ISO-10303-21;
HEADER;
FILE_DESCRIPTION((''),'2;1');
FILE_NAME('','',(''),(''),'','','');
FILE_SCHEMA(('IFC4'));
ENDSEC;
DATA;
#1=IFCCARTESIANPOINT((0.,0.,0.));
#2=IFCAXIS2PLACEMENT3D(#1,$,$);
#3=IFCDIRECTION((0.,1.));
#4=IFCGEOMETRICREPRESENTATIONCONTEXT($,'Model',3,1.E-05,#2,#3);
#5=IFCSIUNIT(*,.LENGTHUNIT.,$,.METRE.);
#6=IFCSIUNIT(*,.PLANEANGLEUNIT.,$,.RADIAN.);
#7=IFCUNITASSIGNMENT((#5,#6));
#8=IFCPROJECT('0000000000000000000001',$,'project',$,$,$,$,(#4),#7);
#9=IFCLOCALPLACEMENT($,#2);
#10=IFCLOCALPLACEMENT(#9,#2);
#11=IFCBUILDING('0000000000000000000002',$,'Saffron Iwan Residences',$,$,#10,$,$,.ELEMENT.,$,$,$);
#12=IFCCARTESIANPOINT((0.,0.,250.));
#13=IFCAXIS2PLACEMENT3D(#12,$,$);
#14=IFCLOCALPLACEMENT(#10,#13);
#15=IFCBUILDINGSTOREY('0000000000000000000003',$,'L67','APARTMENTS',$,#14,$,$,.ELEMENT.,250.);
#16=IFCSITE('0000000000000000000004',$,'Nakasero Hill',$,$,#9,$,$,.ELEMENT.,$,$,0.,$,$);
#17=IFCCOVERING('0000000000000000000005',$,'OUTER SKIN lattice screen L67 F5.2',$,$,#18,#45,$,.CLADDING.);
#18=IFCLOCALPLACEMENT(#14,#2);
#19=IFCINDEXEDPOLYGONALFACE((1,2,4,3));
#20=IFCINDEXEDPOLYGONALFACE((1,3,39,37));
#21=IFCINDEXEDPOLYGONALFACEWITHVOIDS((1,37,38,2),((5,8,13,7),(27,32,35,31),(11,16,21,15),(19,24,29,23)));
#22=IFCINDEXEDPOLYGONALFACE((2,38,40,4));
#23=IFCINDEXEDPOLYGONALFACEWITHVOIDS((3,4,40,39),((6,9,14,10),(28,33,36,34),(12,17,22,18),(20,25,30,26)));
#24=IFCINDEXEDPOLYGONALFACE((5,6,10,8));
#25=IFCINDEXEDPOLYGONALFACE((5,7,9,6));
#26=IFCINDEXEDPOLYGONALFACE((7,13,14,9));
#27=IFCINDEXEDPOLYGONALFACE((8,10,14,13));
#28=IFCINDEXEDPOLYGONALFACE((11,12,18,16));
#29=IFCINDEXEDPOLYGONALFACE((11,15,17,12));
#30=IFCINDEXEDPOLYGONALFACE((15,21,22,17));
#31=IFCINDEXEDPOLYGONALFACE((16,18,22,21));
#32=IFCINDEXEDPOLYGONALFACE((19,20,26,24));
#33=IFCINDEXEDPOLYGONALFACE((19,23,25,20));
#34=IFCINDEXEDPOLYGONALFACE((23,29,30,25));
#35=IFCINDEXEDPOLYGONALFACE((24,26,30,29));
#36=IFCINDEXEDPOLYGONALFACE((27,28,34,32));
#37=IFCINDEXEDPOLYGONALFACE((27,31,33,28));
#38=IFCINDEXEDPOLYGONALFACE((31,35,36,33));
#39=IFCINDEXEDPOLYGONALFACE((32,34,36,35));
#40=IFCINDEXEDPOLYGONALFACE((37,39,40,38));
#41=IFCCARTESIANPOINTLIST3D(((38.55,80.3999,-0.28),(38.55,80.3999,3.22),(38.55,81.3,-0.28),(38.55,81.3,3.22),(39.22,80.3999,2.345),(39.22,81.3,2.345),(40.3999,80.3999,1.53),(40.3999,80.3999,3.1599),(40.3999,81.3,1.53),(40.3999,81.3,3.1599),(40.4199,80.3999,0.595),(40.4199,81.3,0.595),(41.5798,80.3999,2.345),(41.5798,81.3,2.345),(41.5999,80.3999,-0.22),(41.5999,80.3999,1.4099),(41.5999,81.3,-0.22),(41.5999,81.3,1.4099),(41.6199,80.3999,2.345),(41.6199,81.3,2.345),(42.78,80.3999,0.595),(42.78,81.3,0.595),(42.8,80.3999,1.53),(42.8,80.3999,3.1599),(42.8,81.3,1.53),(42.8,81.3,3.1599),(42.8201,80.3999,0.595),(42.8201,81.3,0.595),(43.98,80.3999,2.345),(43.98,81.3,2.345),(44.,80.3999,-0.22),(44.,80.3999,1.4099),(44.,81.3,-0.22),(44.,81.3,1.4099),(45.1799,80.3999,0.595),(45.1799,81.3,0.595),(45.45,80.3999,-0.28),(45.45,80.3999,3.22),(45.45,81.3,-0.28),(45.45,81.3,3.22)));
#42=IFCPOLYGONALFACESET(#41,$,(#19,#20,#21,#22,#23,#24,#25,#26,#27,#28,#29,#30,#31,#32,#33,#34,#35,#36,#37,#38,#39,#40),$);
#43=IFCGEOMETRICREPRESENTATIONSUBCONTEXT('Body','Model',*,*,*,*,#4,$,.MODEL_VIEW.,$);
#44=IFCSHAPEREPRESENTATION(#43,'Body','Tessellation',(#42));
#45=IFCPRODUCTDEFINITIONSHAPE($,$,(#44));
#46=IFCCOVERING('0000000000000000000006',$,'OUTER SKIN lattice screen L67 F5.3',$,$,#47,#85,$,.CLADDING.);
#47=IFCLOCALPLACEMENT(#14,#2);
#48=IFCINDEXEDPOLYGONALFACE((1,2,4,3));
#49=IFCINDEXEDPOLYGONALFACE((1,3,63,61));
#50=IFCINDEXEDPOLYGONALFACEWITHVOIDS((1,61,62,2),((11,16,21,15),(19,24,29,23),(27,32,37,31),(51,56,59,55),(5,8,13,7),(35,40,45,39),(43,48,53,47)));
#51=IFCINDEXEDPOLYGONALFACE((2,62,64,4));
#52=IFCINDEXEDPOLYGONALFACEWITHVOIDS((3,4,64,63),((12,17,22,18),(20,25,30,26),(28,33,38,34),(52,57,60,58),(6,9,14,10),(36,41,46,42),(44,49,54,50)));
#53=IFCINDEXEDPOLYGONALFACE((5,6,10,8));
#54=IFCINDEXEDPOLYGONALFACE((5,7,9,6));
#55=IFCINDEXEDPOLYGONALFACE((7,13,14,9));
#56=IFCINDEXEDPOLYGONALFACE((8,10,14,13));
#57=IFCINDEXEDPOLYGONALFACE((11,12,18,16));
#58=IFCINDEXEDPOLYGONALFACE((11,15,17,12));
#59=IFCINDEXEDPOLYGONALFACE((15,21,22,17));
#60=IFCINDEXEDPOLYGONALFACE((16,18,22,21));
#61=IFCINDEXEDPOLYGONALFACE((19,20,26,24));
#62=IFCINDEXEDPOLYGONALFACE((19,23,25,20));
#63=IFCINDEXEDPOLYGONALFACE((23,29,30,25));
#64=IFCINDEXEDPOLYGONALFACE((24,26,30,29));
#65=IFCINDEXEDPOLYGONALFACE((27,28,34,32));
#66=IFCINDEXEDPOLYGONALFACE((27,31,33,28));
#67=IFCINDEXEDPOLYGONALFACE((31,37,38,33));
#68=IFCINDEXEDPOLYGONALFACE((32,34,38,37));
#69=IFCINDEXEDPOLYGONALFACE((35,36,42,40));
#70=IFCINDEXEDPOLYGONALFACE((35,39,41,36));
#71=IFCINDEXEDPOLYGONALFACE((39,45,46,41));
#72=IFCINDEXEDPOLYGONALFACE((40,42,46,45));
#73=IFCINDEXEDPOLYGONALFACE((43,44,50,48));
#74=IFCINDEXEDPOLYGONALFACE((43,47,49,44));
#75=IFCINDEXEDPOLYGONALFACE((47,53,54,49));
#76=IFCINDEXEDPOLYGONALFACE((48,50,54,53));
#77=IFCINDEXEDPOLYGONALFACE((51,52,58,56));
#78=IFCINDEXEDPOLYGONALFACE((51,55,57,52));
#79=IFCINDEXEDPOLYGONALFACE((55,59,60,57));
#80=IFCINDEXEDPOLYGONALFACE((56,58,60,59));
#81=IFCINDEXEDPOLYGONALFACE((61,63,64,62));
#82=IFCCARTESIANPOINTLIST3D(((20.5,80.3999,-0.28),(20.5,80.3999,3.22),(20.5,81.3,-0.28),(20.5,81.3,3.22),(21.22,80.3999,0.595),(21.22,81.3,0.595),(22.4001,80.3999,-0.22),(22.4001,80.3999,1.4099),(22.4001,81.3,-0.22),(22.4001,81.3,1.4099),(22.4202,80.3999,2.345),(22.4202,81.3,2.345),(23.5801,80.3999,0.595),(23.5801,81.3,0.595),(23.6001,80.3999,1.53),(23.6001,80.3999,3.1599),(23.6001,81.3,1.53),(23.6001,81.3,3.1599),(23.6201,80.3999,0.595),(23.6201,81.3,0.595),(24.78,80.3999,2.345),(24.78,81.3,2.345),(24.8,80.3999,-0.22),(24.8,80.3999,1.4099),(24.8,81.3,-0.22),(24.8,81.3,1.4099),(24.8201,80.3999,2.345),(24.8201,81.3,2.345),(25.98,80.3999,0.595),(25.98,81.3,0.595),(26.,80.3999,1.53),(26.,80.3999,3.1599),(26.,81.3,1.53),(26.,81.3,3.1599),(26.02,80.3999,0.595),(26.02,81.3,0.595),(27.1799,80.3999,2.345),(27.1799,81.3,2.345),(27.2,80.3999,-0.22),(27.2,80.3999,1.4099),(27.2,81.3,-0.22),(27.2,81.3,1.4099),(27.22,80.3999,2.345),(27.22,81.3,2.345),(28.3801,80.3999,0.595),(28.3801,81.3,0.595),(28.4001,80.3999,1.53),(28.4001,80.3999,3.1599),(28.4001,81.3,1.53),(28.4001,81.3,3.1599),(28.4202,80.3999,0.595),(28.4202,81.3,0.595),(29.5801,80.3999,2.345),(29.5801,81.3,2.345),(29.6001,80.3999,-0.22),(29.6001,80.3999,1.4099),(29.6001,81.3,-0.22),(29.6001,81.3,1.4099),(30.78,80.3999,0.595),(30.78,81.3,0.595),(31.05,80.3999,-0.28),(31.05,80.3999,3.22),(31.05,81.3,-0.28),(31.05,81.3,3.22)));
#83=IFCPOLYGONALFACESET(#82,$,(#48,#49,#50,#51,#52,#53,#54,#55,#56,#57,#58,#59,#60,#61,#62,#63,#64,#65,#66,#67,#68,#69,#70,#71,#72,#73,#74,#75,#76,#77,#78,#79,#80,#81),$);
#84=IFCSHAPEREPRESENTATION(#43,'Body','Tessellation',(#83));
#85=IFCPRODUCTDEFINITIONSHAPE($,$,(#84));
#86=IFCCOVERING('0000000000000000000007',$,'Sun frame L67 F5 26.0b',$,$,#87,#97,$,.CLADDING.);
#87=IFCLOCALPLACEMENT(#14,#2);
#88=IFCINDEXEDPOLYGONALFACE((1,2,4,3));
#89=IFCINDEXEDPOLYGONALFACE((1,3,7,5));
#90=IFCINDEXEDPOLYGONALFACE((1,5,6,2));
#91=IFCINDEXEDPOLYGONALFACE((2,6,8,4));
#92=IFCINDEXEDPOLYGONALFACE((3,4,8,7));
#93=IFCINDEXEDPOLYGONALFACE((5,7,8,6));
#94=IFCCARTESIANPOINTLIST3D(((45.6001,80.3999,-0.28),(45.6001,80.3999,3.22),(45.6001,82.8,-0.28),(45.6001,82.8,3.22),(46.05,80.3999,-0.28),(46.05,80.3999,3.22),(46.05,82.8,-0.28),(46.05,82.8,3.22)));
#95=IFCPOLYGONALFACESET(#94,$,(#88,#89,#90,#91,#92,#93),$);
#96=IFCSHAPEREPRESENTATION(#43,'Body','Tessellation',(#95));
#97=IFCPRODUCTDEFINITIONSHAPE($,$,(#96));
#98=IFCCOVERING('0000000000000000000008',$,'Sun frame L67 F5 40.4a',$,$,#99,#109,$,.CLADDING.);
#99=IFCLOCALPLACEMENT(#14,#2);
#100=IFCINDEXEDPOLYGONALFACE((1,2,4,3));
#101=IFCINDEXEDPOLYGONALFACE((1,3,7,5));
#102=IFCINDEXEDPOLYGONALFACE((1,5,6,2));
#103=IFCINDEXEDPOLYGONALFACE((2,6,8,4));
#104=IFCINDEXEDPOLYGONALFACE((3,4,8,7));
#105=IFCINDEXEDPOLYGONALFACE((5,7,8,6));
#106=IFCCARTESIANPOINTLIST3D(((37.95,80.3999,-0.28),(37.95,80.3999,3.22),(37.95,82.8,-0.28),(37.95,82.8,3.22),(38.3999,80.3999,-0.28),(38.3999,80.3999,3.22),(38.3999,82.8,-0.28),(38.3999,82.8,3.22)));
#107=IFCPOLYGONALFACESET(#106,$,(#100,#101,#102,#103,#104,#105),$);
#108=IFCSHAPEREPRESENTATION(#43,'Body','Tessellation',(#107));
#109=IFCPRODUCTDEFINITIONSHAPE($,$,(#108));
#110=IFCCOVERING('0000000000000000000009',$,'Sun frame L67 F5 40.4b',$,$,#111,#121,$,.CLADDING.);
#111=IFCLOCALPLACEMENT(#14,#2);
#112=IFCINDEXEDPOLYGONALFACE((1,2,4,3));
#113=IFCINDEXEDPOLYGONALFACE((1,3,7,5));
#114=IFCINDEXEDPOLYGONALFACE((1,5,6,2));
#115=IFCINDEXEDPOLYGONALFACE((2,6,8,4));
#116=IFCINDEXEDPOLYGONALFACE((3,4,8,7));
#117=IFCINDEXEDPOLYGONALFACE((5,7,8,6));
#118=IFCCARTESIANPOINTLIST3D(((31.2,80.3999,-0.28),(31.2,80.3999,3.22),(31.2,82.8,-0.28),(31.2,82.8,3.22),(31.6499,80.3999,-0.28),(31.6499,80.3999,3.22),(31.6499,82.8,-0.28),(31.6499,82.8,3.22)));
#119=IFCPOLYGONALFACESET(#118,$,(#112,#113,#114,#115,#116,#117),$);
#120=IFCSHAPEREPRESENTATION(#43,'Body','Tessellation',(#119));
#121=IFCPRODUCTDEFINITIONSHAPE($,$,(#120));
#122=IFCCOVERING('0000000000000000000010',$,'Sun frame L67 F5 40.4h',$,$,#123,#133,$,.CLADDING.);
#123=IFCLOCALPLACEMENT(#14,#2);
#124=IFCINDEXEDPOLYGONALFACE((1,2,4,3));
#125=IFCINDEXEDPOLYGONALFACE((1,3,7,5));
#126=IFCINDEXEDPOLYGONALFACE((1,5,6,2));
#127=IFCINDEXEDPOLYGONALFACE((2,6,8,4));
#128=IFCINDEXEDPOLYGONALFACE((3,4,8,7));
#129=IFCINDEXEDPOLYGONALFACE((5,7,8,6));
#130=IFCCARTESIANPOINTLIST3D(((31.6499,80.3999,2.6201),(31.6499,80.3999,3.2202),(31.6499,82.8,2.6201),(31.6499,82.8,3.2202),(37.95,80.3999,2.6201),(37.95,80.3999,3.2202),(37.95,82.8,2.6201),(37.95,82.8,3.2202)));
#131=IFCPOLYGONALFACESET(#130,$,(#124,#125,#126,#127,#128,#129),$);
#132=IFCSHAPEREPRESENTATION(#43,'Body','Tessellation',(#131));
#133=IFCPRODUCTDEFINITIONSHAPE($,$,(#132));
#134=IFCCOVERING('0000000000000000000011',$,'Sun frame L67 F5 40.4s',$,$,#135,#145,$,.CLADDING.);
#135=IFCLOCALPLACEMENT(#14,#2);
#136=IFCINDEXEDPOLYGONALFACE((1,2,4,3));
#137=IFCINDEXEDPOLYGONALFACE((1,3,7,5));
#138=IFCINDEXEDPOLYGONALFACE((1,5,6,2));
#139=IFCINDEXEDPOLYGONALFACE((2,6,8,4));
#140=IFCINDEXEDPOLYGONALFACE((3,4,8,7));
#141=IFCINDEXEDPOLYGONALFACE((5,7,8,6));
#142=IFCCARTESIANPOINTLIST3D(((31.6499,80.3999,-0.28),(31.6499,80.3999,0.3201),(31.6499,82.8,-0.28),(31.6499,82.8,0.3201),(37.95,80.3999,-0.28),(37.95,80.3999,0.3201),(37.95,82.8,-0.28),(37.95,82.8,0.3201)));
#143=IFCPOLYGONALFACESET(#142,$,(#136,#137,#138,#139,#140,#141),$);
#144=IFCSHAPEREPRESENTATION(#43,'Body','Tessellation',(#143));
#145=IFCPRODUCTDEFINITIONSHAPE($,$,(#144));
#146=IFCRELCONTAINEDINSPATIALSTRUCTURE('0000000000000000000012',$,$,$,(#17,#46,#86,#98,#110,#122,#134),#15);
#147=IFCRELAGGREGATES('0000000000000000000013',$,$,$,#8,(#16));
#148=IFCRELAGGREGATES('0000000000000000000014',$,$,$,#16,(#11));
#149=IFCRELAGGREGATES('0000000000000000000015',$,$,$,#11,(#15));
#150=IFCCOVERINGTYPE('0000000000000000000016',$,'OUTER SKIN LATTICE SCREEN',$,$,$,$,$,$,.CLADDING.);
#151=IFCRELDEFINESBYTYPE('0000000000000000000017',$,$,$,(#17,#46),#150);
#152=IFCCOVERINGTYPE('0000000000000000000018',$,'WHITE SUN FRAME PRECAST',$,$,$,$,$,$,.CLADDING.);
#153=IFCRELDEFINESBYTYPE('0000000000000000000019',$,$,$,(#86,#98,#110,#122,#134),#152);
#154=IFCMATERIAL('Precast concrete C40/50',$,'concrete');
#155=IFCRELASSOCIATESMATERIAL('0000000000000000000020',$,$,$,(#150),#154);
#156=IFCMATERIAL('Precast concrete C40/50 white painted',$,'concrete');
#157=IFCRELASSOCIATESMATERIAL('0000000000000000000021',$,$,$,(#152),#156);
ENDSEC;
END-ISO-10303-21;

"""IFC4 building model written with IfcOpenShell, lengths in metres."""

from ifc_helpers import new_model, si_unit, direction, frame, origin, place, context, subcontext, project, spatial, polyline, outline, extrude, material, type_object, element, save


model = new_model("IFC4")

# Units and contexts
model_context = context("Model", 3, precision=1e-05, world=origin(), true_north=direction((0.0, 1.0)))
body_context = subcontext(model_context, "Body", "Model", "MODEL_VIEW")
ifc_project = project(units=[si_unit("LENGTHUNIT", "METRE"), si_unit("PLANEANGLEUNIT", "RADIAN")], contexts=[model_context])

# Site, building, storey
site_placement = place(None, origin())
site = spatial("IfcSite", under=ifc_project, at=site_placement, Name="Nakasero Hill", CompositionType="ELEMENT", RefElevation=0.0)
building_placement = place(site_placement, origin())
building = spatial("IfcBuilding", under=site, at=building_placement, Name="Saffron Iwan Residences", CompositionType="ELEMENT")
storey_placement = place(building_placement, frame((0.0, 0.0, 250.0)))
storey = spatial("IfcBuildingStorey", under=building, at=storey_placement, Name="L67", Description="APARTMENTS", CompositionType="ELEMENT", Elevation=250.0)

# Coverings
ifc_material_1 = material(Name="Precast concrete C40/50", Category="concrete")
covering_type_1 = type_object("IfcCoveringType", Name="OUTER SKIN LATTICE SCREEN", PredefinedType="CLADDING", material=ifc_material_1)
covering_1_placement = place(storey_placement, frame((45.45, 80.3999, -0.28), z_axis=(0.0, 1.0, 0.0), x_axis=(-1.0, 0.0, 0.0)))
element("IfcCovering", 1, at=covering_1_placement, inside=storey, type_object=covering_type_1, Name="OUTER SKIN lattice screen L67 F5.2", PredefinedType="CLADDING", context=body_context, shape_type="SweptSolid", body=[
    extrude(outline(polyline([(0.0, 0.0), (6.8999, 0.0), (6.8999, 3.5), (0.0, 3.5), (0.0, 0.0)]), holes=[polyline([(0.27, 0.875), (1.45, 0.0601), (2.6299, 0.875), (1.45, 1.6899), (0.27, 0.875)]), polyline([(2.6699, 0.875), (3.8501, 0.0601), (5.03, 0.875), (3.8501, 1.6899), (2.6699, 0.875)]), polyline([(1.47, 2.625), (2.6499, 1.8101), (3.8301, 2.625), (2.6499, 3.4399), (1.47, 2.625)]), polyline([(3.8701, 2.625), (5.05, 1.8101), (6.23, 2.625), (5.05, 3.4399), (3.8701, 2.625)])]), origin(), (0.0, 0.0, 1.0), 0.9001),
])
covering_2_placement = place(storey_placement, frame((31.05, 80.3999, -0.28), z_axis=(0.0, 1.0, 0.0), x_axis=(-1.0, 0.0, 0.0)))
element("IfcCovering", 2, at=covering_2_placement, inside=storey, type_object=covering_type_1, Name="OUTER SKIN lattice screen L67 F5.3", PredefinedType="CLADDING", context=body_context, shape_type="SweptSolid", body=[
    extrude(outline(polyline([(0.0, 0.0), (10.55, 0.0), (10.55, 3.5), (0.0, 3.5), (0.0, 0.0)]), holes=[polyline([(0.27, 0.875), (1.45, 0.0601), (2.6299, 0.875), (1.45, 1.6899), (0.27, 0.875)]), polyline([(2.6699, 0.875), (3.8501, 0.0601), (5.03, 0.875), (3.8501, 1.6899), (2.6699, 0.875)]), polyline([(5.0701, 0.875), (6.25, 0.0601), (7.4299, 0.875), (6.25, 1.6899), (5.0701, 0.875)]), polyline([(7.47, 0.875), (8.6499, 0.0601), (9.8301, 0.875), (8.6499, 1.6899), (7.47, 0.875)]), polyline([(1.47, 2.625), (2.6499, 1.8101), (3.8301, 2.625), (2.6499, 3.4399), (1.47, 2.625)]), polyline([(3.8701, 2.625), (5.05, 1.8101), (6.23, 2.625), (5.05, 3.4399), (3.8701, 2.625)]), polyline([(6.27, 2.625), (7.45, 1.8101), (8.6299, 2.625), (7.45, 3.4399), (6.27, 2.625)])]), origin(), (0.0, 0.0, 1.0), 0.9001),
])
ifc_material_2 = material(Name="Precast concrete C40/50 white painted", Category="concrete")
covering_type_2 = type_object("IfcCoveringType", Name="WHITE SUN FRAME PRECAST", PredefinedType="CLADDING", material=ifc_material_2)
for number, where, z_axis, x_axis, name in (
    (3, (46.05, 80.3999, -0.28), (0.0, 1.0, 0.0), (-1.0, 0.0, 0.0), "Sun frame L67 F5 26.0b"),
    (4, (38.3999, 80.3999, -0.28), (0.0, 1.0, 0.0), (-1.0, 0.0, 0.0), "Sun frame L67 F5 40.4a"),
    (5, (31.6499, 80.3999, -0.28), (0.0, 1.0, 0.0), (-1.0, 0.0, 0.0), "Sun frame L67 F5 40.4b"),
):
    element("IfcCovering", number, at=place(storey_placement, frame(where, z_axis=z_axis, x_axis=x_axis)), inside=storey, type_object=covering_type_2, Name=name, PredefinedType="CLADDING", context=body_context, shape_type="SweptSolid", body=[
        extrude(outline(polyline([(0.0, 0.0), (0.45, 0.0), (0.45, 3.5), (0.0, 3.5), (0.0, 0.0)])), origin(), (0.0, 0.0, 1.0), 2.4001),
    ])
for number, where, z_axis, x_axis, name in (
    (6, (37.95, 80.3999, 2.6201), (0.0, 1.0, 0.0), (-1.0, 0.0, 0.0), "Sun frame L67 F5 40.4h"),
    (7, (37.95, 80.3999, -0.28), (0.0, 1.0, 0.0), (-1.0, 0.0, 0.0), "Sun frame L67 F5 40.4s"),
):
    element("IfcCovering", number, at=place(storey_placement, frame(where, z_axis=z_axis, x_axis=x_axis)), inside=storey, type_object=covering_type_2, Name=name, PredefinedType="CLADDING", context=body_context, shape_type="SweptSolid", body=[
        extrude(outline(polyline([(0.0, 0.0), (6.3, 0.0), (6.3, 0.6001), (0.0, 0.6001), (0.0, 0.0)])), origin(), (0.0, 0.0, 1.0), 2.4001),
    ])

save(model, "model.ifc")
